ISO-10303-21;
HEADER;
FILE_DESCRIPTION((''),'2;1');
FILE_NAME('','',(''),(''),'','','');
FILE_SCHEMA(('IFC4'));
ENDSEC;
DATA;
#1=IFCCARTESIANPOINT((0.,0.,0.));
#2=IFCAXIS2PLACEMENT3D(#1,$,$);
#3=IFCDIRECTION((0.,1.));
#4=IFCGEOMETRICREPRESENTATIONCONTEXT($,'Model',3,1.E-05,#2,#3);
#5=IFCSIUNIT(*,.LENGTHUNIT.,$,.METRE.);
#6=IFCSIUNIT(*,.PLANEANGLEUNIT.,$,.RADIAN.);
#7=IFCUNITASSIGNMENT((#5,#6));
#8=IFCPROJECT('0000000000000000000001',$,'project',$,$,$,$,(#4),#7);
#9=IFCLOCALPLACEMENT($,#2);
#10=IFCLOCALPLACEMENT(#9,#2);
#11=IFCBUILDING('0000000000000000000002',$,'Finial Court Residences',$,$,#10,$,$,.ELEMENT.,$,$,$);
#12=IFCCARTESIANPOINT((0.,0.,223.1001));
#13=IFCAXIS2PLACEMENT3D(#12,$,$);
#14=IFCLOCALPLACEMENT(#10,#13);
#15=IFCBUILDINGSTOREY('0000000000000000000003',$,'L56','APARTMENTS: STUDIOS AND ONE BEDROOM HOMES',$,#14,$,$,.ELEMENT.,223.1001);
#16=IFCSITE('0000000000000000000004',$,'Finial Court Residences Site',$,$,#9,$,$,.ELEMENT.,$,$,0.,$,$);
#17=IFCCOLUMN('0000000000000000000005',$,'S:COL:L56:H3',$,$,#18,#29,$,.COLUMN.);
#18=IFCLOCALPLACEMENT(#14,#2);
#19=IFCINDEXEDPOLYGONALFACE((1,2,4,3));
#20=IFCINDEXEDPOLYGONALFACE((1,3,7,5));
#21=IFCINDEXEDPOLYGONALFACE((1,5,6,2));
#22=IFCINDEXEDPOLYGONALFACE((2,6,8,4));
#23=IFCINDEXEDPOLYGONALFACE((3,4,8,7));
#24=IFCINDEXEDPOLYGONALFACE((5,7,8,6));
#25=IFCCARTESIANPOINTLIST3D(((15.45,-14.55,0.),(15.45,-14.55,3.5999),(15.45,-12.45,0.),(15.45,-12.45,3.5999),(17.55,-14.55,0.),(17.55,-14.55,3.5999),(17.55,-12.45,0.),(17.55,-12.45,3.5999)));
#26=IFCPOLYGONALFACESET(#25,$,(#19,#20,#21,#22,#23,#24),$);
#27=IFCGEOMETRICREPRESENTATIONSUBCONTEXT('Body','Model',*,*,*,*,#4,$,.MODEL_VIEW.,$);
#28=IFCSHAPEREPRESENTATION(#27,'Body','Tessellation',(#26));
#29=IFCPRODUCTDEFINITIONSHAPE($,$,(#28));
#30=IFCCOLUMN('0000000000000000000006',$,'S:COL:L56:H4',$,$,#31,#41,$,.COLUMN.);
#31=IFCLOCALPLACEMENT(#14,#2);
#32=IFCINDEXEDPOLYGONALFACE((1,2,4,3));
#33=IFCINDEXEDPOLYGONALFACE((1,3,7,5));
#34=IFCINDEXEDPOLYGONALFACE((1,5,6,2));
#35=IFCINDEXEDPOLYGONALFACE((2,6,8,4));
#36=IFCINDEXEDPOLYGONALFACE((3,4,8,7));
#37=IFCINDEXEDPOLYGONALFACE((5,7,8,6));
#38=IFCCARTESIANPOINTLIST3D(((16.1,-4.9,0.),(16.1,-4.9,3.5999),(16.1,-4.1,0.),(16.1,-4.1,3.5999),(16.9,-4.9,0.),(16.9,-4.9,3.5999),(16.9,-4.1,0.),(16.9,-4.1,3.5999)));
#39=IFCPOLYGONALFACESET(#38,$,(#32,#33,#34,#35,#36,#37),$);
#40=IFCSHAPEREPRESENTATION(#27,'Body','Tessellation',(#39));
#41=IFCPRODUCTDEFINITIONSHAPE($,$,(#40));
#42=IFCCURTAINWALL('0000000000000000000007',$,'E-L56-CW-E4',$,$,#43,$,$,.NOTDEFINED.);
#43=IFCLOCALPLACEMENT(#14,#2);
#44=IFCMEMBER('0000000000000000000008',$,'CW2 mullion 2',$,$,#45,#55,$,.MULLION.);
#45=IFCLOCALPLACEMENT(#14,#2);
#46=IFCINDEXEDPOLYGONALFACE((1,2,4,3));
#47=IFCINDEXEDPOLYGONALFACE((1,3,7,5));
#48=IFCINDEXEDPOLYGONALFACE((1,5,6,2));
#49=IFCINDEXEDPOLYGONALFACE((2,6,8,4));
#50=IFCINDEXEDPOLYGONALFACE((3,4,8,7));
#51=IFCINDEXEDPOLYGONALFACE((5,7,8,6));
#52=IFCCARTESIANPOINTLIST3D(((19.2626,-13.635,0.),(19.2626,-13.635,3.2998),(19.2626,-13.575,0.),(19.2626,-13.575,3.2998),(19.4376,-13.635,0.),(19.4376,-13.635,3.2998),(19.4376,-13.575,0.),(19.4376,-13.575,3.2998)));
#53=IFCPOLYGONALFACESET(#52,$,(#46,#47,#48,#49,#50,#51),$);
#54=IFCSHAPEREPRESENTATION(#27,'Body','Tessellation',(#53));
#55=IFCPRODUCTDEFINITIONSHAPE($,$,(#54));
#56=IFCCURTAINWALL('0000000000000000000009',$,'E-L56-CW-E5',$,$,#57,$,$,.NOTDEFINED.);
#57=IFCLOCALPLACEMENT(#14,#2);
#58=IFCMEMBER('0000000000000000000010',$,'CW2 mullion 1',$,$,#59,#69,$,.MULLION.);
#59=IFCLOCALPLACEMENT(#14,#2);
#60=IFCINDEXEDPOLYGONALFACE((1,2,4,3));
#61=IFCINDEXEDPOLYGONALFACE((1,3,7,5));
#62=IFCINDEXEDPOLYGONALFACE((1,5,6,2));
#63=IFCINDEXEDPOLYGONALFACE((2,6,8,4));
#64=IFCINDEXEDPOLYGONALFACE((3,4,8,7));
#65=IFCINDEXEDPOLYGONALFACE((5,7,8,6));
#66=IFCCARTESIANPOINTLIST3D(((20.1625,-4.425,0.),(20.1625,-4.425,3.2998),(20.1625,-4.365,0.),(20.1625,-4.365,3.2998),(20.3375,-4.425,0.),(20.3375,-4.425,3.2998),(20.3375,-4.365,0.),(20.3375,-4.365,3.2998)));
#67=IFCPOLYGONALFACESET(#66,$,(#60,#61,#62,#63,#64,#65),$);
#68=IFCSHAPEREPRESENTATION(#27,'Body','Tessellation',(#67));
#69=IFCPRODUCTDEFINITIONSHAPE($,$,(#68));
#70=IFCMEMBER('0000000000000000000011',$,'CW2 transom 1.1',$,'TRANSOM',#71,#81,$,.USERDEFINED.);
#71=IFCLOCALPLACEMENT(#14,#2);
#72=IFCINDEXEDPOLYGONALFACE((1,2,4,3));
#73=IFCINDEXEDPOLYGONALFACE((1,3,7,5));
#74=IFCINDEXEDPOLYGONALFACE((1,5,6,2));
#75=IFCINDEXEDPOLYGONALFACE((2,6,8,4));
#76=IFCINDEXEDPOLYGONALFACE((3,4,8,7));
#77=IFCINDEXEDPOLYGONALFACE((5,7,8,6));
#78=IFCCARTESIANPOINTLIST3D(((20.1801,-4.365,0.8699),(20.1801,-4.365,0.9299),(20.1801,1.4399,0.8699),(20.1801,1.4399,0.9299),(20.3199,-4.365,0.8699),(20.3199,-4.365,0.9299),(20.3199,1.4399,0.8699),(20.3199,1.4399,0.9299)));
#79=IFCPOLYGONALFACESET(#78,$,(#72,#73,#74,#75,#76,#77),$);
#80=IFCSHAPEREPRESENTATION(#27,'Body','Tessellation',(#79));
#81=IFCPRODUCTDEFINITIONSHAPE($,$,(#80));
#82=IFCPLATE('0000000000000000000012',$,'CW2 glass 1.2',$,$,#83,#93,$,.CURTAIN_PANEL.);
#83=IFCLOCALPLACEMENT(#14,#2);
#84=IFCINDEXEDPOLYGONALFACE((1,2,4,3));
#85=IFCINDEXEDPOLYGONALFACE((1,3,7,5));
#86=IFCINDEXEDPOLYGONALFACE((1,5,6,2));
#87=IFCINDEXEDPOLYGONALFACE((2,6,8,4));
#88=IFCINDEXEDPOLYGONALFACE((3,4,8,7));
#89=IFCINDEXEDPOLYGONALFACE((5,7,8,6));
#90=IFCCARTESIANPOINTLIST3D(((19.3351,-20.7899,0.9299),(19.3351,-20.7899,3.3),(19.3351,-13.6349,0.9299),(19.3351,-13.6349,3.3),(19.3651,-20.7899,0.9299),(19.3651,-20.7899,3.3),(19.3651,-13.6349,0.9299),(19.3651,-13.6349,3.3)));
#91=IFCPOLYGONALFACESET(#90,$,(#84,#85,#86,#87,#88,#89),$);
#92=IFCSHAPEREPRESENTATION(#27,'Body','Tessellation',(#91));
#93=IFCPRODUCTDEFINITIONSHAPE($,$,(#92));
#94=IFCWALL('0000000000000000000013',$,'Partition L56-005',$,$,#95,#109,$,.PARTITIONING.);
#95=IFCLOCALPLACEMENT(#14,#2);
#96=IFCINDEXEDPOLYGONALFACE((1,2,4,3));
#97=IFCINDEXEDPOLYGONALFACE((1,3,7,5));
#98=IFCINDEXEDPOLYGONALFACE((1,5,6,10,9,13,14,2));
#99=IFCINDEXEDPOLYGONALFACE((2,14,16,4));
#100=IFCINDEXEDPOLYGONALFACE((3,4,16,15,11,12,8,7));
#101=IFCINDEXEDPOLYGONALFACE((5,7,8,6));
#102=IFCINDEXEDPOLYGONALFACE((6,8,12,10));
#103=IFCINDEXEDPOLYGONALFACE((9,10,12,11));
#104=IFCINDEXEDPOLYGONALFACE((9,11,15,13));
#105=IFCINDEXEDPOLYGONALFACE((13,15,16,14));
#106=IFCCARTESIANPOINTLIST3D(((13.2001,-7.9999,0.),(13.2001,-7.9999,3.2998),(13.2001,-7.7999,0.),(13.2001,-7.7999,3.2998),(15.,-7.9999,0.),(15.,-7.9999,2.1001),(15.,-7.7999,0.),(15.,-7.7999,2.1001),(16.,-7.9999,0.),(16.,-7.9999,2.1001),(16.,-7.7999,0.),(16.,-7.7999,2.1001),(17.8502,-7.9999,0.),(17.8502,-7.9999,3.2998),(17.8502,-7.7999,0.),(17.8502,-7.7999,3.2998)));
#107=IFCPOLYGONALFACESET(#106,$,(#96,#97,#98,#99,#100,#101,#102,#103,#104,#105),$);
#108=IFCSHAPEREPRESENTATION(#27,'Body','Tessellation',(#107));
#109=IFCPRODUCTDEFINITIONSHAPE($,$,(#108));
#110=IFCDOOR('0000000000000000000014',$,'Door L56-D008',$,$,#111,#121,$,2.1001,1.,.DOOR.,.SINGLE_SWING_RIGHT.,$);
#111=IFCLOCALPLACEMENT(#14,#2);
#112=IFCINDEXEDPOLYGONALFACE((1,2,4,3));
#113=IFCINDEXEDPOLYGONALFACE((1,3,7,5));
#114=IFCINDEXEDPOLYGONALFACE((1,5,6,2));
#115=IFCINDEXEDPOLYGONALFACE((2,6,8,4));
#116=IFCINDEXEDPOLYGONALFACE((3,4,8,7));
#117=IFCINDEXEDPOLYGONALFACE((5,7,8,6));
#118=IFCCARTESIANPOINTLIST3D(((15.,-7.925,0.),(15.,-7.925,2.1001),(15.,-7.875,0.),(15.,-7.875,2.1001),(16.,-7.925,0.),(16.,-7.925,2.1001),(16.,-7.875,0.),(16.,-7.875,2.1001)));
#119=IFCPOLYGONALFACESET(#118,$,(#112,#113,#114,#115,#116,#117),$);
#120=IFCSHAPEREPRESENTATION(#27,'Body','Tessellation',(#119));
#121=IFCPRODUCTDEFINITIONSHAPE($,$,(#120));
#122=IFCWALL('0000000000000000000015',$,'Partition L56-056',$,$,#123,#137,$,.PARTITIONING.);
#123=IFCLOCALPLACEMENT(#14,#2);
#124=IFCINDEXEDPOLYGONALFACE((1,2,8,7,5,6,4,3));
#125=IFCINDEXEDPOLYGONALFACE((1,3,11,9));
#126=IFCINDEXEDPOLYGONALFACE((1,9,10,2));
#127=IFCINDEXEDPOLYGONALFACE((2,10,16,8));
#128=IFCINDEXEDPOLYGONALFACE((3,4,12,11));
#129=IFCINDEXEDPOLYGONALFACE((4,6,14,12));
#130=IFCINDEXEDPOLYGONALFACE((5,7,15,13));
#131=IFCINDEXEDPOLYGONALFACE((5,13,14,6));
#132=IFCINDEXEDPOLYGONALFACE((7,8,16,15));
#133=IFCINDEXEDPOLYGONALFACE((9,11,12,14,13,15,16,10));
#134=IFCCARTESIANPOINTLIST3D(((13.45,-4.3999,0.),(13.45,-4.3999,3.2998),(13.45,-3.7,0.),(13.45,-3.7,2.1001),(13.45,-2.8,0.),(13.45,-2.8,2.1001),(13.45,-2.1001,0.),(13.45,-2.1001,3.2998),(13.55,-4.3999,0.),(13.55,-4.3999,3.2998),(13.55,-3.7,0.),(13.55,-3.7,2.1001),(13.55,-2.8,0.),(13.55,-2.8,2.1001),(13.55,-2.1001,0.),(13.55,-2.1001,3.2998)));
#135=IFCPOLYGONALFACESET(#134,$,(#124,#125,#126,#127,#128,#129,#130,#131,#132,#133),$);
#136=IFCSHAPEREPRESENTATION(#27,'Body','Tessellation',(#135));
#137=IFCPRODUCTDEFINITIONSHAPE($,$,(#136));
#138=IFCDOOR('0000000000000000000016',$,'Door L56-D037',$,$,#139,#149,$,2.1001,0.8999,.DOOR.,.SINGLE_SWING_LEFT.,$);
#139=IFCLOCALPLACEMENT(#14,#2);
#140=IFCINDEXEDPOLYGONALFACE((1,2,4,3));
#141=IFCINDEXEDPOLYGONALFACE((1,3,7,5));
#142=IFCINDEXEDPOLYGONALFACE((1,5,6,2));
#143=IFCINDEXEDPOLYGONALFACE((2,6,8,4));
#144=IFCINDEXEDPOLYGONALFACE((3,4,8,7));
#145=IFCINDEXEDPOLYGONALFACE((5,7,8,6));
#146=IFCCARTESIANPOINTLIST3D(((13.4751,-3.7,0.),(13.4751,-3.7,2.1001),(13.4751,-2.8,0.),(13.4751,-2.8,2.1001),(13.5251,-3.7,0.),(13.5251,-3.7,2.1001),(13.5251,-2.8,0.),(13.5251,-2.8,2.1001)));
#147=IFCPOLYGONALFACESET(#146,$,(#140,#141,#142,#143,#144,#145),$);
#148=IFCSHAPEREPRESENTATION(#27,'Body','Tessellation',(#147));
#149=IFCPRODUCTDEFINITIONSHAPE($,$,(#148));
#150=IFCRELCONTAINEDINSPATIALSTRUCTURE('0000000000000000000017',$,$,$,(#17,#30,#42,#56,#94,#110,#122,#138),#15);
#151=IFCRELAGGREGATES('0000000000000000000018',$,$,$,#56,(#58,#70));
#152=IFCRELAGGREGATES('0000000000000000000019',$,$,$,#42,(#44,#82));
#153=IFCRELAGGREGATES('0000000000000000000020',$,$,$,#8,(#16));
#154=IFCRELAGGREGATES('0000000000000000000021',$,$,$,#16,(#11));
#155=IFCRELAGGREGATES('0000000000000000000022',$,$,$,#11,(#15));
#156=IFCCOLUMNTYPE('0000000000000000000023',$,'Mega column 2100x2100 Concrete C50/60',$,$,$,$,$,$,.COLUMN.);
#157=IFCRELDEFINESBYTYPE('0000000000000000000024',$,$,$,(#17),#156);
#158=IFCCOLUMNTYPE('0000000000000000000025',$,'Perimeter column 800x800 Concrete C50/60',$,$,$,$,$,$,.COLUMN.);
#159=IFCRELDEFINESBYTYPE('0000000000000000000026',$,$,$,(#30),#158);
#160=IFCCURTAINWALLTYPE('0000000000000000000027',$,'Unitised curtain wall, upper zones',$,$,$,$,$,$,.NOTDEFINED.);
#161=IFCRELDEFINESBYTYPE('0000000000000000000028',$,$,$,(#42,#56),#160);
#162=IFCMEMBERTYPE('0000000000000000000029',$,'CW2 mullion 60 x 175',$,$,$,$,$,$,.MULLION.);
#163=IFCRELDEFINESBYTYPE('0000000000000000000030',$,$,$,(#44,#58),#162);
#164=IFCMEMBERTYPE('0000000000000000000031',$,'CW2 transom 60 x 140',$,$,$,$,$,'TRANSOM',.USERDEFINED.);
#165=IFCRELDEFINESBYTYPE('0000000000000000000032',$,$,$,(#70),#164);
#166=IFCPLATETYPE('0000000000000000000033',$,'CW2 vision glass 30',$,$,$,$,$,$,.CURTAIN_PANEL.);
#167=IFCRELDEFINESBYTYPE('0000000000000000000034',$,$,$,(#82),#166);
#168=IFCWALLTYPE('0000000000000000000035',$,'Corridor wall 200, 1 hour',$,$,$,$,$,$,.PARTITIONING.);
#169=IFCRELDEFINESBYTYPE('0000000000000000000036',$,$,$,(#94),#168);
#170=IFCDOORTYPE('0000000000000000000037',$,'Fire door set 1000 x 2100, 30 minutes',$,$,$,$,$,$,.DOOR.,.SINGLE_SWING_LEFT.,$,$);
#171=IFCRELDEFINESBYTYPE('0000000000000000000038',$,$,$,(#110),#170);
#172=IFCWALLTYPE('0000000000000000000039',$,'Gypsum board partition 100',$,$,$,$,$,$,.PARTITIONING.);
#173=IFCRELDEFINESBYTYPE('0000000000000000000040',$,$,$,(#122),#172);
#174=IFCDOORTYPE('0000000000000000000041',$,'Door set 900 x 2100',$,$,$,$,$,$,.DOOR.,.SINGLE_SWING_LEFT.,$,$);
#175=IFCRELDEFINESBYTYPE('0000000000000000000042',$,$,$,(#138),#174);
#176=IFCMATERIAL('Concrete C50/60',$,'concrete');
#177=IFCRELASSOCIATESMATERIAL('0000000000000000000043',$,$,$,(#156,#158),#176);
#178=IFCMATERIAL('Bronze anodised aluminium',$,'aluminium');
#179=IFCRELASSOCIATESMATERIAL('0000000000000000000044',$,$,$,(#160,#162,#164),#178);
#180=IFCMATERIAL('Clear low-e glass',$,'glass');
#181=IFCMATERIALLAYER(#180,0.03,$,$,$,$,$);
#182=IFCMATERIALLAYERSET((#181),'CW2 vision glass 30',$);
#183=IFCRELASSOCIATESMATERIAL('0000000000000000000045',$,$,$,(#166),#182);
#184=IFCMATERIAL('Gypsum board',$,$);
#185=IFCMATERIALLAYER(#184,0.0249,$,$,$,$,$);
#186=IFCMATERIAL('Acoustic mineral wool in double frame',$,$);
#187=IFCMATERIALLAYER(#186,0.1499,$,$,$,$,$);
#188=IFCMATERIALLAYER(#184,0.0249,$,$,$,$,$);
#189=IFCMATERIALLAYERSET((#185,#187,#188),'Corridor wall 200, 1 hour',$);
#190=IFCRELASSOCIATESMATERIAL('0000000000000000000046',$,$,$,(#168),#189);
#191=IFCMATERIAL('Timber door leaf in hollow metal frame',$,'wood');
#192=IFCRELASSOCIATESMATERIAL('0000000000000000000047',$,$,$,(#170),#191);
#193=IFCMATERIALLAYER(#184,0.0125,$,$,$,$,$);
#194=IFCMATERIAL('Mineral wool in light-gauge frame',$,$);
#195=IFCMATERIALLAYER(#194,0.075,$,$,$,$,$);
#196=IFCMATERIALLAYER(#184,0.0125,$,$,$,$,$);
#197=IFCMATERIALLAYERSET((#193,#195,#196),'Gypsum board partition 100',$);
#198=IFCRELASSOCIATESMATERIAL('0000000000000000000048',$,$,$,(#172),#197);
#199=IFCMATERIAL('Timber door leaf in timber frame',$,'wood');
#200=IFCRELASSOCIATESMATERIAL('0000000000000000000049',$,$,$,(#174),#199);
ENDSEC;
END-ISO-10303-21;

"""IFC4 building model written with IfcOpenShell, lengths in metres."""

from ifc_helpers import new_model, si_unit, direction, frame, frame_2d, origin, origin_2d, place, context, subcontext, project, spatial, rectangle, extrude, material, layer, layer_set, material_profile, profile_set, type_object, element, fill, aggregate, save


model = new_model("IFC4")

# Units and contexts
model_context = context("Model", 3, precision=1e-05, world=origin(), true_north=direction((0.0, 1.0)))
body_context = subcontext(model_context, "Body", "Model", "MODEL_VIEW")
ifc_project = project(units=[si_unit("LENGTHUNIT", "METRE"), si_unit("PLANEANGLEUNIT", "RADIAN")], contexts=[model_context])

# Site, building, storey
site_placement = place(None, origin())
site = spatial("IfcSite", under=ifc_project, at=site_placement, Name="Finial Court Residences Site", CompositionType="ELEMENT", RefElevation=0.0)
building_placement = place(site_placement, origin())
building = spatial("IfcBuilding", under=site, at=building_placement, Name="Finial Court Residences", CompositionType="ELEMENT")
storey_placement = place(building_placement, frame((0.0, 0.0, 223.1001)))
storey = spatial("IfcBuildingStorey", under=building, at=storey_placement, Name="L56", Description="APARTMENTS: STUDIOS AND ONE BEDROOM HOMES", CompositionType="ELEMENT", Elevation=223.1001)

# Columns
ifc_material_1 = material(Name="Concrete C50/60", Category="concrete")
ifc_material_profile_1 = material_profile(ifc_material_1, rectangle(XDim=2.1001, YDim=2.1001, at=origin_2d()), Name="2100x2100")
ifc_profile_set_1 = profile_set([ifc_material_profile_1], Name="Concrete C50/60")
column_type_1 = type_object("IfcColumnType", Name="Mega column 2100x2100 Concrete C50/60", PredefinedType="COLUMN", material=ifc_profile_set_1)
column_1_placement = place(storey_placement, frame((16.5, -13.5, 0.0), z_axis=(0.0, 0.0, 1.0), x_axis=(1.0, 0.0, 0.0)))
element("IfcColumn", 1, at=column_1_placement, inside=storey, type_object=column_type_1, Name="S:COL:L56:H3", PredefinedType="COLUMN", context=body_context, shape_type="SweptSolid", body=[
    extrude(rectangle(XDim=2.1001, YDim=2.1001, at=origin_2d()), origin(), (0.0, 0.0, 1.0), 3.5999),
])
ifc_material_profile_2 = material_profile(ifc_material_1, rectangle(XDim=0.8, YDim=0.8, at=origin_2d()), Name="800x800")
ifc_profile_set_2 = profile_set([ifc_material_profile_2], Name="Concrete C50/60")
column_type_2 = type_object("IfcColumnType", Name="Perimeter column 800x800 Concrete C50/60", PredefinedType="COLUMN", material=ifc_profile_set_2)
column_2_placement = place(storey_placement, frame((16.5, -4.5, 0.0), z_axis=(0.0, 0.0, 1.0), x_axis=(1.0, 0.0, 0.0)))
element("IfcColumn", 2, at=column_2_placement, inside=storey, type_object=column_type_2, Name="S:COL:L56:H4", PredefinedType="COLUMN", context=body_context, shape_type="SweptSolid", body=[
    extrude(rectangle(XDim=0.8, YDim=0.8, at=origin_2d()), origin(), (0.0, 0.0, 1.0), 3.5999),
])

# Curtain wall, member
ifc_material_2 = material(Name="Bronze anodised aluminium", Category="aluminium")
curtain_wall_type = type_object("IfcCurtainWallType", Name="Unitised curtain wall, upper zones", PredefinedType="NOTDEFINED", material=ifc_material_2)
curtain_wall_1_placement = place(storey_placement, origin())
curtain_wall_1 = element("IfcCurtainWall", 3, at=curtain_wall_1_placement, inside=storey, type_object=curtain_wall_type, Name="E-L56-CW-E4", PredefinedType="NOTDEFINED")
ifc_material_profile_3 = material_profile(ifc_material_2, rectangle(XDim=0.175, YDim=0.0601, at=origin_2d()), Name="CW2 mullion 60 x 175")
ifc_profile_set_3 = profile_set([ifc_material_profile_3], Name="Bronze anodised aluminium")
member_type_1 = type_object("IfcMemberType", Name="CW2 mullion 60 x 175", PredefinedType="MULLION", material=ifc_profile_set_3)
member_1_placement = place(storey_placement, frame((19.3501, -13.605, 0.0), z_axis=(0.0, 0.0, 1.0), x_axis=(-1.0, 0.0, 0.0)))
member_1 = element("IfcMember", 4, at=member_1_placement, type_object=member_type_1, Name="CW2 mullion 2", PredefinedType="MULLION", context=body_context, shape_type="SweptSolid", body=[
    extrude(rectangle(XDim=0.175, YDim=0.0601, at=origin_2d()), origin(), (0.0, 0.0, 1.0), 3.2998),
])

# Curtain wall, members
curtain_wall_2_placement = place(storey_placement, origin())
curtain_wall_2 = element("IfcCurtainWall", 5, at=curtain_wall_2_placement, inside=storey, type_object=curtain_wall_type, Name="E-L56-CW-E5", PredefinedType="NOTDEFINED")
member_2_placement = place(storey_placement, frame((20.25, -4.395, 0.0), z_axis=(0.0, 0.0, 1.0), x_axis=(-1.0, 0.0, 0.0)))
member_2 = element("IfcMember", 6, at=member_2_placement, type_object=member_type_1, Name="CW2 mullion 1", PredefinedType="MULLION", context=body_context, shape_type="SweptSolid", body=[
    extrude(rectangle(XDim=0.175, YDim=0.0601, at=origin_2d()), origin(), (0.0, 0.0, 1.0), 3.2998),
])
ifc_material_profile_4 = material_profile(ifc_material_2, rectangle(XDim=0.1399, YDim=0.0601, at=origin_2d()), Name="CW2 transom 60 x 140")
ifc_profile_set_4 = profile_set([ifc_material_profile_4], Name="Bronze anodised aluminium")
member_type_2 = type_object("IfcMemberType", Name="CW2 transom 60 x 140", ElementType="TRANSOM", PredefinedType="USERDEFINED", material=ifc_profile_set_4)
member_3_placement = place(storey_placement, frame((20.25, -4.365, 0.8999), z_axis=(0.0, 1.0, 0.0), x_axis=(-1.0, 0.0, 0.0)))
member_3 = element("IfcMember", 7, at=member_3_placement, type_object=member_type_2, Name="CW2 transom 1.1", ObjectType="TRANSOM", PredefinedType="USERDEFINED", context=body_context, shape_type="SweptSolid", body=[
    extrude(rectangle(XDim=0.1399, YDim=0.0601, at=origin_2d()), origin(), (0.0, 0.0, 1.0), 5.8049),
])
aggregate(curtain_wall_2, [member_2, member_3])

# Plate
ifc_material_3 = material(Name="Clear low-e glass", Category="glass")
ifc_layer_1 = layer(ifc_material_3, 0.03)
ifc_layer_set_1 = layer_set([ifc_layer_1], Name="CW2 vision glass 30")
plate_type = type_object("IfcPlateType", Name="CW2 vision glass 30", PredefinedType="CURTAIN_PANEL", material=ifc_layer_set_1)
plate_placement = place(storey_placement, frame((19.3501, -17.2124, 0.9299), z_axis=(0.0, 0.0, 1.0), x_axis=(0.0, 1.0, 0.0)))
plate = element("IfcPlate", 8, at=plate_placement, type_object=plate_type, Name="CW2 glass 1.2", PredefinedType="CURTAIN_PANEL", context=body_context, shape_type="SweptSolid", body=[
    extrude(rectangle(XDim=7.155, YDim=0.03, at=origin_2d()), origin(), (0.0, 0.0, 1.0), 2.3701),
])
aggregate(curtain_wall_1, [member_1, plate])

# Walls, openings, doors
ifc_material_4 = material(Name="Gypsum board")
ifc_layer_2 = layer(ifc_material_4, 0.0249)
ifc_material_5 = material(Name="Acoustic mineral wool in double frame")
ifc_layer_3 = layer(ifc_material_5, 0.1499)
ifc_layer_4 = layer(ifc_material_4, 0.0249)
ifc_layer_set_2 = layer_set([ifc_layer_2, ifc_layer_3, ifc_layer_4], Name="Corridor wall 200, 1 hour")
wall_type_1 = type_object("IfcWallType", Name="Corridor wall 200, 1 hour", PredefinedType="PARTITIONING", material=ifc_layer_set_2)
wall_1_placement = place(storey_placement, frame((13.2, -7.8999, 0.0), z_axis=(0.0, 0.0, 1.0), x_axis=(1.0, 0.0, 0.0)))
wall_1 = element("IfcWall", 9, at=wall_1_placement, inside=storey, type_object=wall_type_1, Name="Partition L56-005", PredefinedType="PARTITIONING", context=body_context, shape_type="SweptSolid", body=[
    extrude(rectangle(XDim=4.6501, YDim=0.2, at=frame_2d((2.3252, 0.0))), origin(), (0.0, 0.0, 1.0), 3.2998),
])
opening_1_placement = place(wall_1_placement, frame((1.8, 0.0, 0.0)))
opening_1 = element("IfcOpeningElement", 10, at=opening_1_placement, cuts=wall_1, PredefinedType="OPENING", context=body_context, shape_type="SweptSolid", body=[
    extrude(rectangle(XDim=1.0, YDim=2.1001, at=frame_2d((0.5, 1.05))), frame((0.0, 0.1099, 0.0), z_axis=(0.0, -1.0, 0.0), x_axis=(1.0, 0.0, 0.0)), (0.0, 0.0, 1.0), 0.22),
])
ifc_material_6 = material(Name="Timber door leaf in hollow metal frame", Category="wood")
door_type_1 = type_object("IfcDoorType", Name="Fire door set 1000 x 2100, 30 minutes", OperationType="SINGLE_SWING_LEFT", PredefinedType="DOOR", material=ifc_material_6)
door_1_placement = place(opening_1_placement, origin())
door_1 = element("IfcDoor", 11, at=door_1_placement, inside=storey, type_object=door_type_1, Name="Door L56-D008", OperationType="SINGLE_SWING_RIGHT", OverallHeight=2.1001, OverallWidth=1.0, PredefinedType="DOOR", context=body_context, shape_type="SweptSolid", body=[
    extrude(rectangle(XDim=1.0, YDim=2.1001, at=frame_2d((0.5, 1.05))), frame((0.0, 0.0249, 0.0), z_axis=(0.0, -1.0, 0.0), x_axis=(1.0, 0.0, 0.0)), (0.0, 0.0, 1.0), 0.05),
])
fill(opening_1, door_1)
ifc_layer_5 = layer(ifc_material_4, 0.0125)
ifc_material_7 = material(Name="Mineral wool in light-gauge frame")
ifc_layer_6 = layer(ifc_material_7, 0.075)
ifc_layer_7 = layer(ifc_material_4, 0.0125)
ifc_layer_set_3 = layer_set([ifc_layer_5, ifc_layer_6, ifc_layer_7], Name="Gypsum board partition 100")
wall_type_2 = type_object("IfcWallType", Name="Gypsum board partition 100", PredefinedType="PARTITIONING", material=ifc_layer_set_3)
wall_2_placement = place(storey_placement, frame((13.5, -4.3999, 0.0), z_axis=(0.0, 0.0, 1.0), x_axis=(0.0, 1.0, 0.0)))
wall_2 = element("IfcWall", 12, at=wall_2_placement, inside=storey, type_object=wall_type_2, Name="Partition L56-056", PredefinedType="PARTITIONING", context=body_context, shape_type="SweptSolid", body=[
    extrude(rectangle(XDim=2.2998, YDim=0.1001, at=frame_2d((1.1499, 0.0))), origin(), (0.0, 0.0, 1.0), 3.2998),
])
opening_2_placement = place(wall_2_placement, frame((0.7, 0.0, 0.0)))
opening_2 = element("IfcOpeningElement", 13, at=opening_2_placement, cuts=wall_2, PredefinedType="OPENING", context=body_context, shape_type="SweptSolid", body=[
    extrude(rectangle(XDim=0.8999, YDim=2.1001, at=frame_2d((0.45, 1.05))), frame((0.0, 0.0601, 0.0), z_axis=(0.0, -1.0, 0.0), x_axis=(1.0, 0.0, 0.0)), (0.0, 0.0, 1.0), 0.1201),
])
ifc_material_8 = material(Name="Timber door leaf in timber frame", Category="wood")
door_type_2 = type_object("IfcDoorType", Name="Door set 900 x 2100", OperationType="SINGLE_SWING_LEFT", PredefinedType="DOOR", material=ifc_material_8)
door_2_placement = place(opening_2_placement, origin())
door_2 = element("IfcDoor", 14, at=door_2_placement, inside=storey, type_object=door_type_2, Name="Door L56-D037", OperationType="SINGLE_SWING_LEFT", OverallHeight=2.1001, OverallWidth=0.8999, PredefinedType="DOOR", context=body_context, shape_type="SweptSolid", body=[
    extrude(rectangle(XDim=0.8999, YDim=2.1001, at=frame_2d((0.45, 1.05))), frame((0.0, 0.0249, 0.0), z_axis=(0.0, -1.0, 0.0), x_axis=(1.0, 0.0, 0.0)), (0.0, 0.0, 1.0), 0.05),
])
fill(opening_2, door_2)

save(model, "model.ifc")
